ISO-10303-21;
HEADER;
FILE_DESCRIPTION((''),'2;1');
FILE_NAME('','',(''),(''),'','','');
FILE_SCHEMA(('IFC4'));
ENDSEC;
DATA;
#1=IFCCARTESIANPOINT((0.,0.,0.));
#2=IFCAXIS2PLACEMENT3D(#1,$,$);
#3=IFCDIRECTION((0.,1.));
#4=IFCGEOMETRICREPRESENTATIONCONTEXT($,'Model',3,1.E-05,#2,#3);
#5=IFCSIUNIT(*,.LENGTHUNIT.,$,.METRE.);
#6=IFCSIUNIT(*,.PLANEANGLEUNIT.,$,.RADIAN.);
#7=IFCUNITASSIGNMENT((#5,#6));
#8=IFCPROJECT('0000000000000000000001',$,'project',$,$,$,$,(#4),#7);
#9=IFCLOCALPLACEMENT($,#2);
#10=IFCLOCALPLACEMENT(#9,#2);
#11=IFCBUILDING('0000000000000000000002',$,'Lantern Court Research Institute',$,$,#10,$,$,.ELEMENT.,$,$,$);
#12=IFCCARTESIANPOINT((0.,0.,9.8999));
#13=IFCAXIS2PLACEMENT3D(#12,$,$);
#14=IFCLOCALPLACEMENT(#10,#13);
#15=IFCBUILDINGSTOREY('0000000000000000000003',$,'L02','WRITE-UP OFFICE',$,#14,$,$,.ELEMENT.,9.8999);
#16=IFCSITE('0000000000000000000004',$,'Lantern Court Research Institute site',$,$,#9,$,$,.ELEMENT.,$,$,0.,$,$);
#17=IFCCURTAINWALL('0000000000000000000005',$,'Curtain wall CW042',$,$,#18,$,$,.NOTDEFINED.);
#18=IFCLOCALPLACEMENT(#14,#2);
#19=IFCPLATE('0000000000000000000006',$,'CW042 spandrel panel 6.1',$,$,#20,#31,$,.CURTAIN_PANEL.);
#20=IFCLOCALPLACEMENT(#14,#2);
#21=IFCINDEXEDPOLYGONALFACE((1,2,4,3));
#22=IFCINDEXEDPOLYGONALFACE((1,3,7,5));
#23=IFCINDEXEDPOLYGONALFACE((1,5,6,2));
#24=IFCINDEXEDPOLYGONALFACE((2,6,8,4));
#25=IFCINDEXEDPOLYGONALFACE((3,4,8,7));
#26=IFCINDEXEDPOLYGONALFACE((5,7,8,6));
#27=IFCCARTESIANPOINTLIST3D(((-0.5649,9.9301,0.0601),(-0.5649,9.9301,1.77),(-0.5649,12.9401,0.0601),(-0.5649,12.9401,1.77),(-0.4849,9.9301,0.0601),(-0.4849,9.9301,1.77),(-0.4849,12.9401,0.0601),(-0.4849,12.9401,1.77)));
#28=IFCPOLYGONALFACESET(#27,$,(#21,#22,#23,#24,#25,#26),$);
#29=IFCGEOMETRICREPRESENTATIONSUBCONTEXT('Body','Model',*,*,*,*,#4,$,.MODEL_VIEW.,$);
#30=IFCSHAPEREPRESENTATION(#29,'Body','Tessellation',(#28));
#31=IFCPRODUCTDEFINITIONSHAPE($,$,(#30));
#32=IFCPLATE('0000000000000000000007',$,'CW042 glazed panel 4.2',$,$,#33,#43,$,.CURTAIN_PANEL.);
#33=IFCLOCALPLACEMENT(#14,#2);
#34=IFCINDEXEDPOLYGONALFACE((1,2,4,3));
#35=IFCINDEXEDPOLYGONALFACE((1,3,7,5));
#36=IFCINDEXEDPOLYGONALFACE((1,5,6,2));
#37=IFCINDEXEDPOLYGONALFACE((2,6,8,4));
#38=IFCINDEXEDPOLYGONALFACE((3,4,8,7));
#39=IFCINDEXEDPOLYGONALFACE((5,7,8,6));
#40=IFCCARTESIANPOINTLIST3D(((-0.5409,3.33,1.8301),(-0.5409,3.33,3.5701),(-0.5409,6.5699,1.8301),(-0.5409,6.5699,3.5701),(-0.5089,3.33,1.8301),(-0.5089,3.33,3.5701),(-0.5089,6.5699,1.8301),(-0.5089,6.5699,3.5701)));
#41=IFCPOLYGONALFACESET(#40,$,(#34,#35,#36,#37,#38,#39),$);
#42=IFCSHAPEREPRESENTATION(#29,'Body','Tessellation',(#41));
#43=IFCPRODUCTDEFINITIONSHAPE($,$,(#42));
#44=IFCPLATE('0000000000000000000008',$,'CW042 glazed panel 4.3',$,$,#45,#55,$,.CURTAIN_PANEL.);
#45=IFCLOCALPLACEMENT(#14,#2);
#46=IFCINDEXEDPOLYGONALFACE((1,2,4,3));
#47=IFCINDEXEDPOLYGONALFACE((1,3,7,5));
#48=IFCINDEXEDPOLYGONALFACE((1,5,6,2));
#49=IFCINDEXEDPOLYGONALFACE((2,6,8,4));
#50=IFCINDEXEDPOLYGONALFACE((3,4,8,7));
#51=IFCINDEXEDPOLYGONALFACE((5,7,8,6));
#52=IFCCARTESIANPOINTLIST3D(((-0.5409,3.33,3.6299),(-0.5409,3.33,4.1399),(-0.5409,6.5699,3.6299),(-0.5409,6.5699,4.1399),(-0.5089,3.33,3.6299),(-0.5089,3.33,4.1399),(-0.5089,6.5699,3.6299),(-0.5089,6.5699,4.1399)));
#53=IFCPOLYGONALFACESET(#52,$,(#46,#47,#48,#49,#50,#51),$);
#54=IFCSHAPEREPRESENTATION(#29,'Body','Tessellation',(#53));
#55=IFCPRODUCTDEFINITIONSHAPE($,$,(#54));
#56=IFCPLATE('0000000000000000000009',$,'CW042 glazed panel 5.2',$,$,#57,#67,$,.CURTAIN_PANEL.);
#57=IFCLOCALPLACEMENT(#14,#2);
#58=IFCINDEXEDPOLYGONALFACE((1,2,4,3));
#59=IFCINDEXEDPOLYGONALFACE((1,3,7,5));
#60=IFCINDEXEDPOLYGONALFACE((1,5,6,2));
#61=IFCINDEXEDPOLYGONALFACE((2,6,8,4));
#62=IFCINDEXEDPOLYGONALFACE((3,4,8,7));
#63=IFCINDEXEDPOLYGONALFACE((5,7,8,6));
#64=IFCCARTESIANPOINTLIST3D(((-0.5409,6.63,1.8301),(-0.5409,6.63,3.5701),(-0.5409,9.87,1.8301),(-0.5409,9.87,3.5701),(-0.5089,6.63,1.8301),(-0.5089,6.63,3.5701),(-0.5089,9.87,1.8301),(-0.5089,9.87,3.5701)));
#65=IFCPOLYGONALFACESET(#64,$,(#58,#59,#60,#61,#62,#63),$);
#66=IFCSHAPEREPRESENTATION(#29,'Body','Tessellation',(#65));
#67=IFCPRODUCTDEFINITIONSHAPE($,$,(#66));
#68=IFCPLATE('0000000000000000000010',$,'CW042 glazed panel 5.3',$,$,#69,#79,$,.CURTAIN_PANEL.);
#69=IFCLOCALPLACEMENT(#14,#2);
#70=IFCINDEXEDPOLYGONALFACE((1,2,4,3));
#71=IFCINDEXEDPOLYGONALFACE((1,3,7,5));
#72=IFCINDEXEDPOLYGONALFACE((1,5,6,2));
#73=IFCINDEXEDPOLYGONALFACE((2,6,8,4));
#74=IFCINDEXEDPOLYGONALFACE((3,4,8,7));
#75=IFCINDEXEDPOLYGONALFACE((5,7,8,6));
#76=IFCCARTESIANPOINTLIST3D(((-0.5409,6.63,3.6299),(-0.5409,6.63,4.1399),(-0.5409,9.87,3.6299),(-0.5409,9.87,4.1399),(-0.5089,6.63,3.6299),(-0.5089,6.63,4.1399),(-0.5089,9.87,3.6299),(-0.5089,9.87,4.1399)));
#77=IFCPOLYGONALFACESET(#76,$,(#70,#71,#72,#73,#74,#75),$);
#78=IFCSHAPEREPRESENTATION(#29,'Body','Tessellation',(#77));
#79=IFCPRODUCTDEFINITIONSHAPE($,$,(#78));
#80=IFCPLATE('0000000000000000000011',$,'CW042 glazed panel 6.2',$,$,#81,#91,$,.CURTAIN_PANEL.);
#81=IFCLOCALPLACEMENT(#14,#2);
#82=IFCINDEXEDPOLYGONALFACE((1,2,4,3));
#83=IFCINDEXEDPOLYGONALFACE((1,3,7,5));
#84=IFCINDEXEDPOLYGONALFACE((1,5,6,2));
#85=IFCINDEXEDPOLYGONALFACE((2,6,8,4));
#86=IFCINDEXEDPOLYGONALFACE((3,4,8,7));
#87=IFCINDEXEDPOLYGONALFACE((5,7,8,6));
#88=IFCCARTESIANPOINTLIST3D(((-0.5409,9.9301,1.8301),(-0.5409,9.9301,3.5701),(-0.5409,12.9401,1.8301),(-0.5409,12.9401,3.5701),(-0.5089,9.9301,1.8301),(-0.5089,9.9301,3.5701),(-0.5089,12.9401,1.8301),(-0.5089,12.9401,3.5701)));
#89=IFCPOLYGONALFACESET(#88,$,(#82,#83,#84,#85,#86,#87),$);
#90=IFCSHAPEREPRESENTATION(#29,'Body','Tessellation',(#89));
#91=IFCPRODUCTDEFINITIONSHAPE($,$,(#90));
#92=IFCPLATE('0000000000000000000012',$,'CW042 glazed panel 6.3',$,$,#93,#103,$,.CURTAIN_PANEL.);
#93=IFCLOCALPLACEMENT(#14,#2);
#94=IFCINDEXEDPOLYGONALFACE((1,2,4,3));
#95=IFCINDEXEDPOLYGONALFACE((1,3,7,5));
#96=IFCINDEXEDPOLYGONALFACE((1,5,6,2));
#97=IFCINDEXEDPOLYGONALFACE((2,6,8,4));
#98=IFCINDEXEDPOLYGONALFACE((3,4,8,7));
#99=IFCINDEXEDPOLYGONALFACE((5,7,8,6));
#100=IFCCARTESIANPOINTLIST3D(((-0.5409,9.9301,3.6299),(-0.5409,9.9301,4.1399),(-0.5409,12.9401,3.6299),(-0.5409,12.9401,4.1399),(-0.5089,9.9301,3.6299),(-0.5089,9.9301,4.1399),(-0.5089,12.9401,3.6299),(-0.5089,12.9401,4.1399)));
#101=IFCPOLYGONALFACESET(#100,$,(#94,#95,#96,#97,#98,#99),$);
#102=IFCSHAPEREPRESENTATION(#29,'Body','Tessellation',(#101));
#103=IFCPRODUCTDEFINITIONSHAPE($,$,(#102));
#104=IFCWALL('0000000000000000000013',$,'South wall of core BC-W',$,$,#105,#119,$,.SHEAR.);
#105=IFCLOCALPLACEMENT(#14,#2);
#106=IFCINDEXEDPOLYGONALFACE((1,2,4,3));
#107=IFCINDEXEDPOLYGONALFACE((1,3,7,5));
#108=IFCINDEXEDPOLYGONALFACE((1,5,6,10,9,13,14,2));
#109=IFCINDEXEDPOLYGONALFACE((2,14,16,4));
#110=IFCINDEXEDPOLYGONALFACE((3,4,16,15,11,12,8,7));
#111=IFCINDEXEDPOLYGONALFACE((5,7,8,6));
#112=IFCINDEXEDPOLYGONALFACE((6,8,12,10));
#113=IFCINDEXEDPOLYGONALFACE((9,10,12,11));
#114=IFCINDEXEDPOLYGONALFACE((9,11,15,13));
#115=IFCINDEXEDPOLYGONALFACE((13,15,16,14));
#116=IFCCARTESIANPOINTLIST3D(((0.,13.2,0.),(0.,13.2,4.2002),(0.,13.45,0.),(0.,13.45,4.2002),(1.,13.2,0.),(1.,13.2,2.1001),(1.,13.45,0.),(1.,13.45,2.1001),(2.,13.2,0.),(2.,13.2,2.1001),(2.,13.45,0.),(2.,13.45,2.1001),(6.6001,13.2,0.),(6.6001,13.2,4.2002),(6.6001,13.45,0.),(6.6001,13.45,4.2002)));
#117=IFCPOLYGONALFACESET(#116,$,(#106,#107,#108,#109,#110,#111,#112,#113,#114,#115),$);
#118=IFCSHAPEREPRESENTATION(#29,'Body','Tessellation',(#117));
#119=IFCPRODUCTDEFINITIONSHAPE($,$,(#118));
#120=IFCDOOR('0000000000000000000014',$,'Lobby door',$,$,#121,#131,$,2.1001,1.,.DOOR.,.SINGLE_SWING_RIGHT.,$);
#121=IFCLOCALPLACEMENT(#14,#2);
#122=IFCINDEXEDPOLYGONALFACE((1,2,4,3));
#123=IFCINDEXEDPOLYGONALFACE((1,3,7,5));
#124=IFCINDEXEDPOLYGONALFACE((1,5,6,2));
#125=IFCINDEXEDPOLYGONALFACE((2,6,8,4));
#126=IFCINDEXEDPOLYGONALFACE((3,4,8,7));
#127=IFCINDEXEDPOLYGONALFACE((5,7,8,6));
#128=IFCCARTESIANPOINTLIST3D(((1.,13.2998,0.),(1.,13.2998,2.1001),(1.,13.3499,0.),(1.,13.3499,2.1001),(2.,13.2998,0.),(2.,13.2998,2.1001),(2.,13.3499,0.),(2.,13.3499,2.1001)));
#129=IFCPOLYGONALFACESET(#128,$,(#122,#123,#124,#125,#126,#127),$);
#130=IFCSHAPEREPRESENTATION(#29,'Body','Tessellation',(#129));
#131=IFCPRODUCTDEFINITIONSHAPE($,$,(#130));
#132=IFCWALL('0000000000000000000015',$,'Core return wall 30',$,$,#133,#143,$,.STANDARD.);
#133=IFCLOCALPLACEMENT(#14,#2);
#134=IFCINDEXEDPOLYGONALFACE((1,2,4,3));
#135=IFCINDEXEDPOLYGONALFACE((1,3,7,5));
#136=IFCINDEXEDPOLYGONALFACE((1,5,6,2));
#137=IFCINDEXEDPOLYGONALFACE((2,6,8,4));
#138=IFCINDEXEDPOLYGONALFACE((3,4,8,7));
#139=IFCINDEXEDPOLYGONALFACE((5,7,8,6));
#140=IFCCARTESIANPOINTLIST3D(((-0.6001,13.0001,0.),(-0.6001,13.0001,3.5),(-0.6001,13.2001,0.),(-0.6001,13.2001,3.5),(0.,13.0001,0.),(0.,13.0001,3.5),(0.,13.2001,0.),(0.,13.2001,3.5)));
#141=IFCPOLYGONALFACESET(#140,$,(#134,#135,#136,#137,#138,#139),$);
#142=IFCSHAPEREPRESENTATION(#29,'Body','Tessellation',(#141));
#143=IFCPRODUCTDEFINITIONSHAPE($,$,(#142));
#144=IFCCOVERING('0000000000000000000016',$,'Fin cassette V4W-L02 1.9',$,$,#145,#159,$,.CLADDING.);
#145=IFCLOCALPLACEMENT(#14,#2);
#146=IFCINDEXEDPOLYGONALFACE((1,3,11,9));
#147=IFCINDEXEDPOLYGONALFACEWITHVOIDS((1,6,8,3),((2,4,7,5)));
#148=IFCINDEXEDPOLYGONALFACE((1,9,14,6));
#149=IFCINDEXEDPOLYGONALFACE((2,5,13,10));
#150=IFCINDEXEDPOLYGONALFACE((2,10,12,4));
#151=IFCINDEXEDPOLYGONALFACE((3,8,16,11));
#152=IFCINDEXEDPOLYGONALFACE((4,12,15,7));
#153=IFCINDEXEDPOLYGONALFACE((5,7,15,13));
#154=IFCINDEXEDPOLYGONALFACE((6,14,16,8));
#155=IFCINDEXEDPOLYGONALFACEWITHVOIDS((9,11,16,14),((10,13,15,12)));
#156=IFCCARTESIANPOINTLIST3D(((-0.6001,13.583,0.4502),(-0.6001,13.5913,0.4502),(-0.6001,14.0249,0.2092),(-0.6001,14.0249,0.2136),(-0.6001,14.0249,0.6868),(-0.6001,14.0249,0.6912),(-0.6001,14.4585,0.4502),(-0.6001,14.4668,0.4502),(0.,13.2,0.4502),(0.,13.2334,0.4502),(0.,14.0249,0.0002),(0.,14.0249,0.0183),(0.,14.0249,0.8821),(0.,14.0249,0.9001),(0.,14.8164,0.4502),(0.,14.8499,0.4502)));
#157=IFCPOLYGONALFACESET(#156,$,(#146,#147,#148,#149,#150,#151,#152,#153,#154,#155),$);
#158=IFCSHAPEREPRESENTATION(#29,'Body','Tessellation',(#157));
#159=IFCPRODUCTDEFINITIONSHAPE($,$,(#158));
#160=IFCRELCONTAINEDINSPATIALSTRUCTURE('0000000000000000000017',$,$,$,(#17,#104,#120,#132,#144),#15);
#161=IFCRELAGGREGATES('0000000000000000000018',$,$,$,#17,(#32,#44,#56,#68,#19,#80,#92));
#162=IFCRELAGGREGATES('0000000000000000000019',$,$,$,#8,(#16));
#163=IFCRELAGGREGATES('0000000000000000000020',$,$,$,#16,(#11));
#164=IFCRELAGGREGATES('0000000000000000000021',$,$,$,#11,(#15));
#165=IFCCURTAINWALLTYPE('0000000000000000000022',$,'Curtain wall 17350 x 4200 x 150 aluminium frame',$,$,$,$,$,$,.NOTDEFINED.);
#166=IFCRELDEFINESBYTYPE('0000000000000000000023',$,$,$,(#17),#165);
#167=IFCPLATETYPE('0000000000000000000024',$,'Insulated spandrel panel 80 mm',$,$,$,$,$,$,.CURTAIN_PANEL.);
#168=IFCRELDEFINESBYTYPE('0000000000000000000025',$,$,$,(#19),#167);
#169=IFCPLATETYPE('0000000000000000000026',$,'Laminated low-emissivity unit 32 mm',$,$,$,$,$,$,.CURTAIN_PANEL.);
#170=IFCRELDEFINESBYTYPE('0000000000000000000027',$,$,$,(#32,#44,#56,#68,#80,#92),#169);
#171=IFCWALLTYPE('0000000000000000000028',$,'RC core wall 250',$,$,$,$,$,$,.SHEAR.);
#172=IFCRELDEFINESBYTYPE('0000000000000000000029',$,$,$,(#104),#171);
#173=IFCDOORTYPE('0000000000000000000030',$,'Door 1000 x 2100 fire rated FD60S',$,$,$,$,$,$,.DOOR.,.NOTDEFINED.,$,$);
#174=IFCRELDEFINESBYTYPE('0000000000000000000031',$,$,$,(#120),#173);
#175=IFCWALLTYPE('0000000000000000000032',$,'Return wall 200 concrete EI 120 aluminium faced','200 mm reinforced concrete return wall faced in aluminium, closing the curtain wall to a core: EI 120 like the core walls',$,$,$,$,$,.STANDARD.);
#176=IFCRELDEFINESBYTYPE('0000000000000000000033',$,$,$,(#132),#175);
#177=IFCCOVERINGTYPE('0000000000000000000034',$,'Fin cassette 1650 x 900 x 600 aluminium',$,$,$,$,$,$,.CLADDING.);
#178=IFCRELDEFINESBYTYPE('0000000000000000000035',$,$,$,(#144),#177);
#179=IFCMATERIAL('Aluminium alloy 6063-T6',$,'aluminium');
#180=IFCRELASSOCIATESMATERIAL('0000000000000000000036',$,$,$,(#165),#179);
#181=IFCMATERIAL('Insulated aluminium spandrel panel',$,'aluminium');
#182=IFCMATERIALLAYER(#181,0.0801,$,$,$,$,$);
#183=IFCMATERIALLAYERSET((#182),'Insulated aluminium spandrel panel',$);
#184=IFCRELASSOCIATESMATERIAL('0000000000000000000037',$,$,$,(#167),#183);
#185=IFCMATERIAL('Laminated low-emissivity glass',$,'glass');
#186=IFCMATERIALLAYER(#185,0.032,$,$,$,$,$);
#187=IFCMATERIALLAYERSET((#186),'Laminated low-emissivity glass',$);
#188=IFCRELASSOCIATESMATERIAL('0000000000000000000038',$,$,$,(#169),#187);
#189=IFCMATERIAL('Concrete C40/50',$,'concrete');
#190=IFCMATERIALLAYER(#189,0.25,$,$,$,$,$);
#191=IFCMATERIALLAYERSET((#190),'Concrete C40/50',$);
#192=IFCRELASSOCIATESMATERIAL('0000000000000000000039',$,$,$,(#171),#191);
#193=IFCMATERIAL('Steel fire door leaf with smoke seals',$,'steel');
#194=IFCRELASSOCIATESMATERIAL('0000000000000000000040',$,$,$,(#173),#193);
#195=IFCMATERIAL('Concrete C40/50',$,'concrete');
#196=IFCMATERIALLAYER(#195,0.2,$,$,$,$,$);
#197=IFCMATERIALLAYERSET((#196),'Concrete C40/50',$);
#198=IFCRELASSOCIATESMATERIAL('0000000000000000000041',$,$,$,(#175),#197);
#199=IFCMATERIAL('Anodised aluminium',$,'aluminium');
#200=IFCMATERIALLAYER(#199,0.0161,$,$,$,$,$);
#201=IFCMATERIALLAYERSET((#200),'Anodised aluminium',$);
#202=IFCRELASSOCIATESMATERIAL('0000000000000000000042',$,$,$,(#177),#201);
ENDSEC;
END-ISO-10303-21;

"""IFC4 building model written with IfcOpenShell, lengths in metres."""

from ifc_helpers import new_model, entity, si_unit, direction, frame, frame_2d, origin, origin_2d, place, context, subcontext, project, spatial, rectangle, extrude, material, layer, layer_set, type_object, element, fill, aggregate, save


model = new_model("IFC4")

# Units and contexts
model_context = context("Model", 3, precision=1e-05, world=origin(), true_north=direction((0.0, 1.0)))
body_context = subcontext(model_context, "Body", "Model", "MODEL_VIEW")
ifc_project = project(units=[si_unit("LENGTHUNIT", "METRE"), si_unit("PLANEANGLEUNIT", "RADIAN")], contexts=[model_context])

# Site, building, storey
site_placement = place(None, origin())
site = spatial("IfcSite", under=ifc_project, at=site_placement, Name="Lantern Court Research Institute site", CompositionType="ELEMENT", RefElevation=0.0)
building_placement = place(site_placement, origin())
building = spatial("IfcBuilding", under=site, at=building_placement, Name="Lantern Court Research Institute", CompositionType="ELEMENT")
storey_placement = place(building_placement, frame((0.0, 0.0, 9.8999)))
storey = spatial("IfcBuildingStorey", under=building, at=storey_placement, Name="L02", Description="WRITE-UP OFFICE", CompositionType="ELEMENT", Elevation=9.8999)

# Curtain wall
ifc_material_1 = material(Name="Aluminium alloy 6063-T6", Category="aluminium")
curtain_wall_type = type_object("IfcCurtainWallType", Name="Curtain wall 17350 x 4200 x 150 aluminium frame", PredefinedType="NOTDEFINED", material=ifc_material_1)
curtain_wall_placement = place(storey_placement, origin())
curtain_wall = element("IfcCurtainWall", 1, at=curtain_wall_placement, inside=storey, type_object=curtain_wall_type, Name="Curtain wall CW042", PredefinedType="NOTDEFINED")

# Plates
ifc_material_2 = material(Name="Insulated aluminium spandrel panel", Category="aluminium")
ifc_layer_1 = layer(ifc_material_2, 0.0801)
ifc_layer_set_1 = layer_set([ifc_layer_1], Name="Insulated aluminium spandrel panel")
plate_type_1 = type_object("IfcPlateType", Name="Insulated spandrel panel 80 mm", PredefinedType="CURTAIN_PANEL", material=ifc_layer_set_1)
plate_1_placement = place(storey_placement, frame((-0.5249, 11.4351, 0.0601), z_axis=(0.0, 0.0, 1.0), x_axis=(0.0, 1.0, 0.0)))
plate_1 = element("IfcPlate", 2, at=plate_1_placement, type_object=plate_type_1, Name="CW042 spandrel panel 6.1", PredefinedType="CURTAIN_PANEL", context=body_context, shape_type="SweptSolid", body=[
    extrude(rectangle(XDim=3.01, YDim=0.0801, at=origin_2d()), origin(), (0.0, 0.0, 1.0), 1.71),
])
ifc_material_3 = material(Name="Laminated low-emissivity glass", Category="glass")
ifc_layer_2 = layer(ifc_material_3, 0.032)
ifc_layer_set_2 = layer_set([ifc_layer_2], Name="Laminated low-emissivity glass")
plate_type_2 = type_object("IfcPlateType", Name="Laminated low-emissivity unit 32 mm", PredefinedType="CURTAIN_PANEL", material=ifc_layer_set_2)
plate_2_placement = place(storey_placement, frame((-0.5249, 4.95, 1.8301), z_axis=(0.0, 0.0, 1.0), x_axis=(0.0, 1.0, 0.0)))
plate_2 = element("IfcPlate", 3, at=plate_2_placement, type_object=plate_type_2, Name="CW042 glazed panel 4.2", PredefinedType="CURTAIN_PANEL", context=body_context, shape_type="SweptSolid", body=[
    extrude(rectangle(XDim=3.24, YDim=0.032, at=origin_2d()), origin(), (0.0, 0.0, 1.0), 1.74),
])
plate_3_placement = place(storey_placement, frame((-0.5249, 4.95, 3.6299), z_axis=(0.0, 0.0, 1.0), x_axis=(0.0, 1.0, 0.0)))
plate_3 = element("IfcPlate", 4, at=plate_3_placement, type_object=plate_type_2, Name="CW042 glazed panel 4.3", PredefinedType="CURTAIN_PANEL", context=body_context, shape_type="SweptSolid", body=[
    extrude(rectangle(XDim=3.24, YDim=0.032, at=origin_2d()), origin(), (0.0, 0.0, 1.0), 0.51),
])
plate_4_placement = place(storey_placement, frame((-0.5249, 8.25, 1.8301), z_axis=(0.0, 0.0, 1.0), x_axis=(0.0, 1.0, 0.0)))
plate_4 = element("IfcPlate", 5, at=plate_4_placement, type_object=plate_type_2, Name="CW042 glazed panel 5.2", PredefinedType="CURTAIN_PANEL", context=body_context, shape_type="SweptSolid", body=[
    extrude(rectangle(XDim=3.24, YDim=0.032, at=origin_2d()), origin(), (0.0, 0.0, 1.0), 1.74),
])
plate_5_placement = place(storey_placement, frame((-0.5249, 8.25, 3.6299), z_axis=(0.0, 0.0, 1.0), x_axis=(0.0, 1.0, 0.0)))
plate_5 = element("IfcPlate", 6, at=plate_5_placement, type_object=plate_type_2, Name="CW042 glazed panel 5.3", PredefinedType="CURTAIN_PANEL", context=body_context, shape_type="SweptSolid", body=[
    extrude(rectangle(XDim=3.24, YDim=0.032, at=origin_2d()), origin(), (0.0, 0.0, 1.0), 0.51),
])
plate_6_placement = place(storey_placement, frame((-0.5249, 11.4351, 1.8301), z_axis=(0.0, 0.0, 1.0), x_axis=(0.0, 1.0, 0.0)))
plate_6 = element("IfcPlate", 7, at=plate_6_placement, type_object=plate_type_2, Name="CW042 glazed panel 6.2", PredefinedType="CURTAIN_PANEL", context=body_context, shape_type="SweptSolid", body=[
    extrude(rectangle(XDim=3.01, YDim=0.032, at=origin_2d()), origin(), (0.0, 0.0, 1.0), 1.74),
])
plate_7_placement = place(storey_placement, frame((-0.5249, 11.4351, 3.6299), z_axis=(0.0, 0.0, 1.0), x_axis=(0.0, 1.0, 0.0)))
plate_7 = element("IfcPlate", 8, at=plate_7_placement, type_object=plate_type_2, Name="CW042 glazed panel 6.3", PredefinedType="CURTAIN_PANEL", context=body_context, shape_type="SweptSolid", body=[
    extrude(rectangle(XDim=3.01, YDim=0.032, at=origin_2d()), origin(), (0.0, 0.0, 1.0), 0.51),
])
aggregate(curtain_wall, [plate_2, plate_3, plate_4, plate_5, plate_1, plate_6, plate_7])

# Wall, opening, door
ifc_material_4 = material(Name="Concrete C40/50", Category="concrete")
ifc_layer_3 = layer(ifc_material_4, 0.25)
ifc_layer_set_3 = layer_set([ifc_layer_3], Name="Concrete C40/50")
wall_type_1 = type_object("IfcWallType", Name="RC core wall 250", PredefinedType="SHEAR", material=ifc_layer_set_3)
wall_1_placement = place(storey_placement, frame((0.0, 13.325, 0.0), z_axis=(0.0, 0.0, 1.0), x_axis=(1.0, 0.0, 0.0)))
wall_1 = element("IfcWall", 9, at=wall_1_placement, inside=storey, type_object=wall_type_1, Name="South wall of core BC-W", PredefinedType="SHEAR", context=body_context, shape_type="SweptSolid", body=[
    extrude(rectangle(XDim=6.6001, YDim=0.25, at=frame_2d((3.3, 0.0))), origin(), (0.0, 0.0, 1.0), 4.2002),
])
opening_placement = place(wall_1_placement, frame((1.0, 0.0, 0.0)))
opening = element("IfcOpeningElement", 10, at=opening_placement, cuts=wall_1, PredefinedType="OPENING", context=body_context, shape_type="SweptSolid", body=[
    extrude(rectangle(XDim=1.0, YDim=2.1001, at=frame_2d((0.5, 1.05))), frame((0.0, 0.135, 0.0), z_axis=(0.0, -1.0, 0.0), x_axis=(1.0, 0.0, 0.0)), (0.0, 0.0, 1.0), 0.27),
])
ifc_material_5 = material(Name="Steel fire door leaf with smoke seals", Category="steel")
door_type = type_object("IfcDoorType", Name="Door 1000 x 2100 fire rated FD60S", OperationType="NOTDEFINED", PredefinedType="DOOR", material=ifc_material_5)
door_placement = place(opening_placement, origin())
door = element("IfcDoor", 11, at=door_placement, inside=storey, type_object=door_type, Name="Lobby door", OperationType="SINGLE_SWING_RIGHT", OverallHeight=2.1001, OverallWidth=1.0, PredefinedType="DOOR", context=body_context, shape_type="SweptSolid", body=[
    extrude(rectangle(XDim=1.0, YDim=2.1001, at=frame_2d((0.5, 1.05))), frame((0.0, 0.0249, 0.0), z_axis=(0.0, -1.0, 0.0), x_axis=(1.0, 0.0, 0.0)), (0.0, 0.0, 1.0), 0.05),
])
fill(opening, door)

# Wall
ifc_material_6 = material(Name="Concrete C40/50", Category="concrete")
ifc_layer_4 = layer(ifc_material_6, 0.2)
ifc_layer_set_4 = layer_set([ifc_layer_4], Name="Concrete C40/50")
wall_type_2 = type_object("IfcWallType", Name="Return wall 200 concrete EI 120 aluminium faced", Description="200 mm reinforced concrete return wall faced in aluminium, closing the curtain wall to a core: EI 120 like the core walls", PredefinedType="STANDARD", material=ifc_layer_set_4)
wall_2_placement = place(storey_placement, frame((0.0, 13.1001, 0.0), z_axis=(0.0, 0.0, 1.0), x_axis=(-1.0, 0.0, 0.0)))
element("IfcWall", 12, at=wall_2_placement, inside=storey, type_object=wall_type_2, Name="Core return wall 30", PredefinedType="STANDARD", context=body_context, shape_type="SweptSolid", body=[
    extrude(rectangle(XDim=0.6001, YDim=0.2, at=frame_2d((0.3, 0.0))), origin(), (0.0, 0.0, 1.0), 3.5),
])

# Covering
ifc_material_7 = material(Name="Anodised aluminium", Category="aluminium")
ifc_layer_5 = layer(ifc_material_7, 0.0161)
ifc_layer_set_5 = layer_set([ifc_layer_5], Name="Anodised aluminium")
covering_type = type_object("IfcCoveringType", Name="Fin cassette 1650 x 900 x 600 aluminium", PredefinedType="CLADDING", material=ifc_layer_set_5)
covering_1_placement = place(storey_placement, frame((0.0, 14.0249, 0.4502), z_axis=(-1.0, 0.0, 0.0), x_axis=(0.0, -1.0, 0.0)))
cartesian_point_1 = entity("IfcCartesianPoint", [0.825, 0.0])
cartesian_point_2 = entity("IfcCartesianPoint", [0.7915, 0.0])
cartesian_point_3 = entity("IfcCartesianPoint", [0.4419, 0.0])
cartesian_point_4 = entity("IfcCartesianPoint", [0.4336, 0.0])
element("IfcCovering", 13, at=covering_1_placement, inside=storey, type_object=covering_type, Name="Fin cassette V4W-L02 1.9", PredefinedType="CLADDING", context=body_context, shape_type="SweptSolid", body=[
    entity("IfcExtrudedAreaSolidTapered", entity("IfcArbitraryProfileDefWithVoids", "AREA", None, entity("IfcPolyline", [cartesian_point_1, entity("IfcCartesianPoint", [0.0, 0.45]), entity("IfcCartesianPoint", [-0.825, 0.0]), entity("IfcCartesianPoint", [0.0, -0.45]), cartesian_point_1]), [entity("IfcPolyline", [cartesian_point_2, entity("IfcCartesianPoint", [0.0, 0.4319]), entity("IfcCartesianPoint", [-0.7915, 0.0]), entity("IfcCartesianPoint", [0.0, -0.4319]), cartesian_point_2])]), entity("IfcAxis2Placement3D", entity("IfcCartesianPoint", [0.0, 0.0, 0.0])), entity("IfcDirection", [0.0, 0.0, 1.0]), 0.6001, entity("IfcArbitraryProfileDefWithVoids", "AREA", None, entity("IfcPolyline", [cartesian_point_3, entity("IfcCartesianPoint", [0.0, 0.241]), entity("IfcCartesianPoint", [-0.4419, 0.0]), entity("IfcCartesianPoint", [0.0, -0.241]), cartesian_point_3]), [entity("IfcPolyline", [cartesian_point_4, entity("IfcCartesianPoint", [0.0, 0.2366]), entity("IfcCartesianPoint", [-0.4336, 0.0]), entity("IfcCartesianPoint", [0.0, -0.2366]), cartesian_point_4])])),
])

save(model, "model.ifc")
